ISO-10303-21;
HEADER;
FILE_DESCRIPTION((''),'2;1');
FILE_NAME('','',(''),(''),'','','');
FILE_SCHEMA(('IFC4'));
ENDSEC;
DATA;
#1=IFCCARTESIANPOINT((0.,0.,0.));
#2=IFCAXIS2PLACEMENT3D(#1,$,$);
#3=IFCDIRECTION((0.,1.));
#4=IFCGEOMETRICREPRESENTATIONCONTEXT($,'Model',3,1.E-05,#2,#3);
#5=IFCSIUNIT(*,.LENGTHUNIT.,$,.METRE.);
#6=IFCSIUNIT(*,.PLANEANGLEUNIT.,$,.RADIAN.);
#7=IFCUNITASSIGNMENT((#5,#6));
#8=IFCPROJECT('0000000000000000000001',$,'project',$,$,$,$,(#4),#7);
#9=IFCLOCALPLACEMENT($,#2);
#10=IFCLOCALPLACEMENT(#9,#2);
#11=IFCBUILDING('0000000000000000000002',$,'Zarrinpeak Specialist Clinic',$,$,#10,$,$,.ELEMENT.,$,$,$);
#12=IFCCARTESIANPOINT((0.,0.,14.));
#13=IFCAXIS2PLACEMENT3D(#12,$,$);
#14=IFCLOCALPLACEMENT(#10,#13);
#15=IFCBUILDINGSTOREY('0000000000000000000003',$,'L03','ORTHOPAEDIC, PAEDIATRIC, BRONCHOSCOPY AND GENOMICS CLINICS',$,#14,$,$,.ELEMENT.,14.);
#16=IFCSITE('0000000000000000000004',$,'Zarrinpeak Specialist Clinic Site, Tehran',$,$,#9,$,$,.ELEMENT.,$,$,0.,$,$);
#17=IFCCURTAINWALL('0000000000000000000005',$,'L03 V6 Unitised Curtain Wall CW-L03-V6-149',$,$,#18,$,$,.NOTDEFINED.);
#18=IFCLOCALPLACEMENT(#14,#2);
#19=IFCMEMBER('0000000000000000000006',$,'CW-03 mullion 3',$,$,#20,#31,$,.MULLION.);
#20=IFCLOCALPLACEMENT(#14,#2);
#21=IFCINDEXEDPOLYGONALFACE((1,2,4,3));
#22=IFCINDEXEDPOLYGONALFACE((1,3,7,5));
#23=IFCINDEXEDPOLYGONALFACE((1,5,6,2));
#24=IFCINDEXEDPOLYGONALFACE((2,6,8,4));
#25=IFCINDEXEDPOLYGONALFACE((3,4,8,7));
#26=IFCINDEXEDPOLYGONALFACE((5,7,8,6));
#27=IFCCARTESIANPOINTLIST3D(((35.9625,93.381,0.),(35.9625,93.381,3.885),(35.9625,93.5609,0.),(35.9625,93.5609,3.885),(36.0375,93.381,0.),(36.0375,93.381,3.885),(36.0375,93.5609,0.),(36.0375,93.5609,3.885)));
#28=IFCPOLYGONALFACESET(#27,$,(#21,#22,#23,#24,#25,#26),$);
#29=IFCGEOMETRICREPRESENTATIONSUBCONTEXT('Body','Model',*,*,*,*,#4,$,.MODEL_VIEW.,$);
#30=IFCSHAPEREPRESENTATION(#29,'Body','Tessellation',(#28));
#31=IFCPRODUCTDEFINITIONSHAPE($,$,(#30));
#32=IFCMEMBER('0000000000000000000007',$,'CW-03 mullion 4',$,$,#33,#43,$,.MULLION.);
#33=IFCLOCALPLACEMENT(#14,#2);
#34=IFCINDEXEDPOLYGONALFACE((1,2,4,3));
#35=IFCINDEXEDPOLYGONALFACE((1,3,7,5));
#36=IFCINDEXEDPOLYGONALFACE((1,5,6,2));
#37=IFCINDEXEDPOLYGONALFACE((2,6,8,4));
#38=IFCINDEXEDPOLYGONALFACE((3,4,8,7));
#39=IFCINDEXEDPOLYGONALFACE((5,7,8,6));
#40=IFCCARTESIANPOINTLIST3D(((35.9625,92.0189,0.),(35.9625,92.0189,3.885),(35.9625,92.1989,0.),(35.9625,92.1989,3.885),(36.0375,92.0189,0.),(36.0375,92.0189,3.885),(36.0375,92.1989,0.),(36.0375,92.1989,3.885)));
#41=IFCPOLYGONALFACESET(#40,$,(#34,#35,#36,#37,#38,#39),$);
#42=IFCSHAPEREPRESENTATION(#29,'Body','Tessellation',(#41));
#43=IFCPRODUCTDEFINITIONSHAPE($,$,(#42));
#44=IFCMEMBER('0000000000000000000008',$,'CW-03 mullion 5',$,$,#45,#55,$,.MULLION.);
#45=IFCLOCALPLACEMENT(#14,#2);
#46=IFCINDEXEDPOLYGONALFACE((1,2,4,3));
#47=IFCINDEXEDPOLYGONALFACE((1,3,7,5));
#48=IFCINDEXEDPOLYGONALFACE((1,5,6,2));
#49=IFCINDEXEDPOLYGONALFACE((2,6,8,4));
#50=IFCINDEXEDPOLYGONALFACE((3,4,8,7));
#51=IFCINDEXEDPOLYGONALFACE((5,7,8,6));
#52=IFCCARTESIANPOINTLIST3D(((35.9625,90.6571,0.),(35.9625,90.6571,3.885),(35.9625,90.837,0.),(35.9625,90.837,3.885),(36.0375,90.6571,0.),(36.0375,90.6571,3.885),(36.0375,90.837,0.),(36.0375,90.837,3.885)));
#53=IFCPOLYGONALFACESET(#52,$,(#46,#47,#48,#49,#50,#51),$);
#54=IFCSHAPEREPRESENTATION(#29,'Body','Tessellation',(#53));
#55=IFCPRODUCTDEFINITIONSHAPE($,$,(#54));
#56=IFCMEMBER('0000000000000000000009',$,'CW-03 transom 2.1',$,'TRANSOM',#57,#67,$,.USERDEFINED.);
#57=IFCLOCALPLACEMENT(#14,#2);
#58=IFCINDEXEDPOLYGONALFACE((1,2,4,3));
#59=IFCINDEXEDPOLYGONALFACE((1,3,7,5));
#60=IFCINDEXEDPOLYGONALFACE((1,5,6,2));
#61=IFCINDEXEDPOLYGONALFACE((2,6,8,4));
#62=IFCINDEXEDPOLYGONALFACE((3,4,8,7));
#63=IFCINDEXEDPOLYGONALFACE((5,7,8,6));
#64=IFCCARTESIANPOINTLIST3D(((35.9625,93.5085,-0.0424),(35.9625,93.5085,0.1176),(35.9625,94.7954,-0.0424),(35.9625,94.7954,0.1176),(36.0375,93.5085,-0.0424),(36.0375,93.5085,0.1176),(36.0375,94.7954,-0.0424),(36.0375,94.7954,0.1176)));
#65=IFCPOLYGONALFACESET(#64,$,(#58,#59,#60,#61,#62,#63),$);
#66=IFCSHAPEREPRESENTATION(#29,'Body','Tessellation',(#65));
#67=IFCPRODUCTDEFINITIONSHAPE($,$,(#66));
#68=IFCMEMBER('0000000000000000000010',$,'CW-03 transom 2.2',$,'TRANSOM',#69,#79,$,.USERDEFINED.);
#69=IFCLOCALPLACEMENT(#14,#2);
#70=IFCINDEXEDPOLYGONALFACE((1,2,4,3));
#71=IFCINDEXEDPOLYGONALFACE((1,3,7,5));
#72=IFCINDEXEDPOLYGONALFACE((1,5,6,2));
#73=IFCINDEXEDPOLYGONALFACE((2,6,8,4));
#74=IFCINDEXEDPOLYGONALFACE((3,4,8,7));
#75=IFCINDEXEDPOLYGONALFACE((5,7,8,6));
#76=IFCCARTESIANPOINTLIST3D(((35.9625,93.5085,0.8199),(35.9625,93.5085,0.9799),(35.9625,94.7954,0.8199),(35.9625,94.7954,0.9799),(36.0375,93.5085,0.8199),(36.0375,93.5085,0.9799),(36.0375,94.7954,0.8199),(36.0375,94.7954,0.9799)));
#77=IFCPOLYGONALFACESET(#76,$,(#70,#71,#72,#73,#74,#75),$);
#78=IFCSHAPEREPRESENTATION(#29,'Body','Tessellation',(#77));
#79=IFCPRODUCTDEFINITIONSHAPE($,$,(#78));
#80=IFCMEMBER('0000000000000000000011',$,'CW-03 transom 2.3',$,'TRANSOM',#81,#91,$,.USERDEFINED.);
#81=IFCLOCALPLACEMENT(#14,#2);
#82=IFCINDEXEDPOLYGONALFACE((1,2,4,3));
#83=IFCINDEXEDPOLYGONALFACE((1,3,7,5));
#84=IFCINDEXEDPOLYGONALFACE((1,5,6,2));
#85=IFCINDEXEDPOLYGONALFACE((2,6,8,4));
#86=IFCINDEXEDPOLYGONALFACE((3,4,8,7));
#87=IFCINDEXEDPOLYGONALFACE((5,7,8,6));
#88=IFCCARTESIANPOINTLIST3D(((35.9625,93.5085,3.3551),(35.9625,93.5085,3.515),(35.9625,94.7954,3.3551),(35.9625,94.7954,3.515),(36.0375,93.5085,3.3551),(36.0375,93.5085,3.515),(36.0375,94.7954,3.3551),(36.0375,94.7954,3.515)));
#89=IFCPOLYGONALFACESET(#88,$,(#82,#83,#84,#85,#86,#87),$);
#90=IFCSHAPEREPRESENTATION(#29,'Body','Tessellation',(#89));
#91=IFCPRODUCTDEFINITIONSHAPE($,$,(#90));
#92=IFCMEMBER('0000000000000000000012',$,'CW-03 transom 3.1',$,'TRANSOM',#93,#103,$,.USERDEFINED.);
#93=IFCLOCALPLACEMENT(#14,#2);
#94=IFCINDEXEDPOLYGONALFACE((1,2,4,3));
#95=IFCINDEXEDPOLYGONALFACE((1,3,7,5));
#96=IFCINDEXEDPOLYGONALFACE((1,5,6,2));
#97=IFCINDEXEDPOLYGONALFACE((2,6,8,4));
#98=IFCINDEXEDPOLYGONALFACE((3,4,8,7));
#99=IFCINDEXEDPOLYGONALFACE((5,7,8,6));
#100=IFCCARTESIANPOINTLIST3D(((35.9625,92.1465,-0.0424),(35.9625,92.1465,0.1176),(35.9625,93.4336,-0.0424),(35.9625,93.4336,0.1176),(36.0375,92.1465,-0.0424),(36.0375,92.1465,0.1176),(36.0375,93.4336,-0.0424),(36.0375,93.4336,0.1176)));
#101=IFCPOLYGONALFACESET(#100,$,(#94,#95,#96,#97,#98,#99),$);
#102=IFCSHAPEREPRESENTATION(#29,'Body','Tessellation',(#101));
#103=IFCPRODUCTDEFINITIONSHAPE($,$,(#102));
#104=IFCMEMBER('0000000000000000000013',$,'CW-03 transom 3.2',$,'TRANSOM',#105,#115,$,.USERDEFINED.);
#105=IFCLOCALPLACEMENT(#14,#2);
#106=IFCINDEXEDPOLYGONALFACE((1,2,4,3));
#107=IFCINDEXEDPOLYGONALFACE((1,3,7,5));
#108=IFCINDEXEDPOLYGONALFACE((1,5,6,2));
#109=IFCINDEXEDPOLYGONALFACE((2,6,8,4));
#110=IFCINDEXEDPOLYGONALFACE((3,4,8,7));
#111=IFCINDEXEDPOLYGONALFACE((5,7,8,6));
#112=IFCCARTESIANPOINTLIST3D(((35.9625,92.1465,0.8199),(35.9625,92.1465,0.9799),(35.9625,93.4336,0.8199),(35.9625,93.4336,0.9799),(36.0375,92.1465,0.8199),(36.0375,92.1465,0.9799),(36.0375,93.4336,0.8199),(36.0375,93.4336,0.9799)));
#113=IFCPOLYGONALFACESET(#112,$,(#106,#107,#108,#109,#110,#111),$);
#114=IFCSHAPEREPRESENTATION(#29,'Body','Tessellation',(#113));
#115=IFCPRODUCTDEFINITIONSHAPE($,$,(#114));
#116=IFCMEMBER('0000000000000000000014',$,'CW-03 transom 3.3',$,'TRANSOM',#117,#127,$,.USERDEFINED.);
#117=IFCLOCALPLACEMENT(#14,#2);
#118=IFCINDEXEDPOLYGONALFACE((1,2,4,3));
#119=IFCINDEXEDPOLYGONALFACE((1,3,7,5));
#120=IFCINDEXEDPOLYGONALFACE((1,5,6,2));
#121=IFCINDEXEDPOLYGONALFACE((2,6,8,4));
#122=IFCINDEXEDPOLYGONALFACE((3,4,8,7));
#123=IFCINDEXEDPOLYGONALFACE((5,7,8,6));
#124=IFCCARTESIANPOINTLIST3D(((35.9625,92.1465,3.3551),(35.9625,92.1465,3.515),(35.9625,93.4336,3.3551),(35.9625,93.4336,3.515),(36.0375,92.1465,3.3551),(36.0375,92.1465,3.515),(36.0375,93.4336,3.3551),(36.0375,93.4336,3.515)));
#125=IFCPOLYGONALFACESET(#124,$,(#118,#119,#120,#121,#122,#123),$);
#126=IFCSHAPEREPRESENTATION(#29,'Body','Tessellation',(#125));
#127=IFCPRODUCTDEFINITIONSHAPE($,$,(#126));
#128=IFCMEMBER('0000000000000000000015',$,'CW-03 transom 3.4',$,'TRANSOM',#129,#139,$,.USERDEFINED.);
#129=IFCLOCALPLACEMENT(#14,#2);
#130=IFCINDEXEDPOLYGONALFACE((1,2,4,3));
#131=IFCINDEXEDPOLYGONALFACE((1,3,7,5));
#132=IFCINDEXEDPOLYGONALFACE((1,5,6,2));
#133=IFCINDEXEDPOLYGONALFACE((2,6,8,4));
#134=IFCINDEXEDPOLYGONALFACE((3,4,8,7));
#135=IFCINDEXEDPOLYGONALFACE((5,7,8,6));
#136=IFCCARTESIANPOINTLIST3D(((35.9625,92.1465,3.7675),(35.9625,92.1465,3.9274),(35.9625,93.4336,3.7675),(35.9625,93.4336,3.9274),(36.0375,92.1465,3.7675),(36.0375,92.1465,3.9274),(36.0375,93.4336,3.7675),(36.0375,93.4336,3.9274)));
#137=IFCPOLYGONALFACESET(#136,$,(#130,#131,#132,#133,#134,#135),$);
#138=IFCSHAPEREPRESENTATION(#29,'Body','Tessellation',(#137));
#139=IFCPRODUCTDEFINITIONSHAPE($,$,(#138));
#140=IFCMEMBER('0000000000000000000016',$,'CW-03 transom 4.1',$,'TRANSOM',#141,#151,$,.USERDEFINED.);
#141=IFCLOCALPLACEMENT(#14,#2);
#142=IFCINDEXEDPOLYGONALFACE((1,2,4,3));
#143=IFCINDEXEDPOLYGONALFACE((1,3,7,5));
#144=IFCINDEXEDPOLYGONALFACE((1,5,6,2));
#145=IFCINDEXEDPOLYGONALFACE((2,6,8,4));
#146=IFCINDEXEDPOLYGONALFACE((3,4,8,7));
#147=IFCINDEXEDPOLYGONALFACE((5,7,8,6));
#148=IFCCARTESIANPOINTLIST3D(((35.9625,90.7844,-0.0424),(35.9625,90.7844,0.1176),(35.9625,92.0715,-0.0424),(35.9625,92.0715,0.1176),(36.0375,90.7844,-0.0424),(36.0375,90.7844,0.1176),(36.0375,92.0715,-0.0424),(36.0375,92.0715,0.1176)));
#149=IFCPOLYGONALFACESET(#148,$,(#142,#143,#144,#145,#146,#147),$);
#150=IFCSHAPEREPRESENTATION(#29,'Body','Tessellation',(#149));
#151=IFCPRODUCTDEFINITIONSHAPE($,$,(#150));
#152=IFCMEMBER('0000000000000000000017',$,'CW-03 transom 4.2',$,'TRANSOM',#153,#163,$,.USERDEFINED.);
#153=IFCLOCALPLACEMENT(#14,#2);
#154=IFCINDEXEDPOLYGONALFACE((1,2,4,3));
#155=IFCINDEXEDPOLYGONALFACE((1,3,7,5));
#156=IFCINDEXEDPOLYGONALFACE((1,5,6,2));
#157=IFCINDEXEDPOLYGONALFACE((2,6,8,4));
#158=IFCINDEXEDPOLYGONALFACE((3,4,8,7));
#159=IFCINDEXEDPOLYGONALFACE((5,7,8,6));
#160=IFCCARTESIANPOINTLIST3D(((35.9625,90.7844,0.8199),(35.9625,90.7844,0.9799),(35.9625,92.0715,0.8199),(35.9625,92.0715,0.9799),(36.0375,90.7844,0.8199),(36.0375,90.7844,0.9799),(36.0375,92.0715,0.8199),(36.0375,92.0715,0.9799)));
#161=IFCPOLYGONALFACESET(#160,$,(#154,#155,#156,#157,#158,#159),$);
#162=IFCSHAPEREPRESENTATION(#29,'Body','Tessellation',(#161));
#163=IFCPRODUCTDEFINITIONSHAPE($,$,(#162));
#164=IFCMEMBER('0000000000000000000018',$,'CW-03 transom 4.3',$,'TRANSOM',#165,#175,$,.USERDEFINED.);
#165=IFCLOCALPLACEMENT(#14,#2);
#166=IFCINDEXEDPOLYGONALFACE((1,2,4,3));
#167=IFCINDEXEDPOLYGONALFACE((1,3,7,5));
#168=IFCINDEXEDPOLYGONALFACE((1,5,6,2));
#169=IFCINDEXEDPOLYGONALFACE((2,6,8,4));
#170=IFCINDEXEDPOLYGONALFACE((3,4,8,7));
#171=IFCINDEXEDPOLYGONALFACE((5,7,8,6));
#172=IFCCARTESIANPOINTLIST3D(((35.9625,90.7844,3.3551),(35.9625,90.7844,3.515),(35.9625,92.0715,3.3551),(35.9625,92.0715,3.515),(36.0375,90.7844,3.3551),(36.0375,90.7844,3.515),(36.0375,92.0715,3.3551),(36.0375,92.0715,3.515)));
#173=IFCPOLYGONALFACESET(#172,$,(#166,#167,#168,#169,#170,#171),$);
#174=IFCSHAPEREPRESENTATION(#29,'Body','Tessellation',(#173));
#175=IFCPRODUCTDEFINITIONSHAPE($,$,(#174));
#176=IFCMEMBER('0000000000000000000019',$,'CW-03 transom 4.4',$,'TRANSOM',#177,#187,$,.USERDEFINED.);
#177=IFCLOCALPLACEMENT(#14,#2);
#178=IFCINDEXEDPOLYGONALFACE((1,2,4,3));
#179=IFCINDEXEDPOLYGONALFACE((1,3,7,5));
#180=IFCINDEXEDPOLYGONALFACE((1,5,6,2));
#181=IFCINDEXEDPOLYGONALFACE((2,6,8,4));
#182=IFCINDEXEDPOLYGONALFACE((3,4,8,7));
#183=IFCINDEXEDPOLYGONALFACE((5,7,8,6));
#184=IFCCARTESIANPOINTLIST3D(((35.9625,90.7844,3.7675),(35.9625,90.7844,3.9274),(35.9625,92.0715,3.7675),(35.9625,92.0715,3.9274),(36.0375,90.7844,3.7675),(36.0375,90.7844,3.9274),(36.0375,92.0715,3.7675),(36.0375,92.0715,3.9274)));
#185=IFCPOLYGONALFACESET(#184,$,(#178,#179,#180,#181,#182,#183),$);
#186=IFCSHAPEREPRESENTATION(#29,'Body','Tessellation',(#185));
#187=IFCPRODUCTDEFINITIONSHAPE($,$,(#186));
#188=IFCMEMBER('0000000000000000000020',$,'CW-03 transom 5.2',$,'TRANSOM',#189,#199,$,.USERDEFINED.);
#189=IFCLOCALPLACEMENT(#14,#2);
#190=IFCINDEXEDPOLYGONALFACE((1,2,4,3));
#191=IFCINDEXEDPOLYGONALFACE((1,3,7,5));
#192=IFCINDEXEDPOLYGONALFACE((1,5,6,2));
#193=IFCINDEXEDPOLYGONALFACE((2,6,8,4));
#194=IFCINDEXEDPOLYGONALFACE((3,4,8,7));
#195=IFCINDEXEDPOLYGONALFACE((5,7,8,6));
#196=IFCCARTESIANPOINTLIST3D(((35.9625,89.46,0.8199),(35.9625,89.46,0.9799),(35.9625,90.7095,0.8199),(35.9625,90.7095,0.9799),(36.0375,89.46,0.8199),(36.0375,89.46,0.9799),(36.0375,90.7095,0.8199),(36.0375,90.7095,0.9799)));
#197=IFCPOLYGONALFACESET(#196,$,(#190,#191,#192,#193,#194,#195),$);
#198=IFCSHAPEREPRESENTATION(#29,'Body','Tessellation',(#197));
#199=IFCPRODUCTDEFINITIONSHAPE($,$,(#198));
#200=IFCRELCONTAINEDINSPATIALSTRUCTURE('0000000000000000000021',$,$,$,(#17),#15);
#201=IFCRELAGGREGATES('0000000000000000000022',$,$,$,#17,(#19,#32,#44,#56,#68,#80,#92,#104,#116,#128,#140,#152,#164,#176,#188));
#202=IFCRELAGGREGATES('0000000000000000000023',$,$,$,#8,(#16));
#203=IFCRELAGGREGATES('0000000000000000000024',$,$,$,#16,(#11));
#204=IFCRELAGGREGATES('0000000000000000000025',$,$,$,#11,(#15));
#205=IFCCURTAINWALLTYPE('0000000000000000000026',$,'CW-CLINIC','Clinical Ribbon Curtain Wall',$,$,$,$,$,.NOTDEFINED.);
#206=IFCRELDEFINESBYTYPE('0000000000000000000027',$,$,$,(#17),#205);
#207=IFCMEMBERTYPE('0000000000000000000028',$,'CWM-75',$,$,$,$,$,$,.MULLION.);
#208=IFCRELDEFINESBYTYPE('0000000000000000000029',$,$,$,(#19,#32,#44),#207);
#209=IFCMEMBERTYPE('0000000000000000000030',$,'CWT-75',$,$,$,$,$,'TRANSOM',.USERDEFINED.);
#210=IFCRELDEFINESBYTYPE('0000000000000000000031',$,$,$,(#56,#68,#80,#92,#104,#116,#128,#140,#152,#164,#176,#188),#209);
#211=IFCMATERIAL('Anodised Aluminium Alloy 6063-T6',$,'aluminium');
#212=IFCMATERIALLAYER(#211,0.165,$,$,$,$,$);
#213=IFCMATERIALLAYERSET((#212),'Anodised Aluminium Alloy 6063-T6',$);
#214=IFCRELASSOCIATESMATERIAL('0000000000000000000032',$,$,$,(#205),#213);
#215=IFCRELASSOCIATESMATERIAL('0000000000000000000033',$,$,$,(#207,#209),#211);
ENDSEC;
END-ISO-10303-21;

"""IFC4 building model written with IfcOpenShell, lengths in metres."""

from ifc_helpers import new_model, si_unit, direction, frame, origin, origin_2d, place, context, subcontext, project, spatial, rectangle, extrude, material, layer, layer_set, material_profile, profile_set, type_object, element, aggregate, save


model = new_model("IFC4")

# Units and contexts
model_context = context("Model", 3, precision=1e-05, world=origin(), true_north=direction((0.0, 1.0)))
body_context = subcontext(model_context, "Body", "Model", "MODEL_VIEW")
ifc_project = project(units=[si_unit("LENGTHUNIT", "METRE"), si_unit("PLANEANGLEUNIT", "RADIAN")], contexts=[model_context])

# Site, building, storey
site_placement = place(None, origin())
site = spatial("IfcSite", under=ifc_project, at=site_placement, Name="Zarrinpeak Specialist Clinic Site, Tehran", CompositionType="ELEMENT", RefElevation=0.0)
building_placement = place(site_placement, origin())
building = spatial("IfcBuilding", under=site, at=building_placement, Name="Zarrinpeak Specialist Clinic", CompositionType="ELEMENT")
storey_placement = place(building_placement, frame((0.0, 0.0, 14.0)))
storey = spatial("IfcBuildingStorey", under=building, at=storey_placement, Name="L03", Description="ORTHOPAEDIC, PAEDIATRIC, BRONCHOSCOPY AND GENOMICS CLINICS", CompositionType="ELEMENT", Elevation=14.0)

# Curtain wall, members
ifc_material_1 = material(Name="Anodised Aluminium Alloy 6063-T6", Category="aluminium")
ifc_layer_1 = layer(ifc_material_1, 0.165)
ifc_layer_set_1 = layer_set([ifc_layer_1], Name="Anodised Aluminium Alloy 6063-T6")
curtain_wall_type = type_object("IfcCurtainWallType", Name="CW-CLINIC", Description="Clinical Ribbon Curtain Wall", PredefinedType="NOTDEFINED", material=ifc_layer_set_1)
curtain_wall_placement = place(storey_placement, origin())
curtain_wall = element("IfcCurtainWall", 1, at=curtain_wall_placement, inside=storey, type_object=curtain_wall_type, Name="L03 V6 Unitised Curtain Wall CW-L03-V6-149", PredefinedType="NOTDEFINED")
ifc_material_profile_1 = material_profile(ifc_material_1, rectangle(XDim=0.075, YDim=0.1799, at=origin_2d()), Name="ALU 75x180")
ifc_profile_set_1 = profile_set([ifc_material_profile_1], Name="Anodised Aluminium Alloy 6063-T6")
member_type_1 = type_object("IfcMemberType", Name="CWM-75", PredefinedType="MULLION", material=ifc_profile_set_1)
member_1_placement = place(storey_placement, frame((36.0, 93.4709, 0.0), z_axis=(0.0, 0.0, 1.0), x_axis=(1.0, 0.0, 0.0)))
member_1 = element("IfcMember", 2, at=member_1_placement, type_object=member_type_1, Name="CW-03 mullion 3", PredefinedType="MULLION", context=body_context, shape_type="SweptSolid", body=[
    extrude(rectangle(XDim=0.075, YDim=0.1799, at=origin_2d()), origin(), (0.0, 0.0, 1.0), 3.885),
])
member_2_placement = place(storey_placement, frame((36.0, 92.1089, 0.0), z_axis=(0.0, 0.0, 1.0), x_axis=(1.0, 0.0, 0.0)))
member_2 = element("IfcMember", 3, at=member_2_placement, type_object=member_type_1, Name="CW-03 mullion 4", PredefinedType="MULLION", context=body_context, shape_type="SweptSolid", body=[
    extrude(rectangle(XDim=0.075, YDim=0.1799, at=origin_2d()), origin(), (0.0, 0.0, 1.0), 3.885),
])
member_3_placement = place(storey_placement, frame((36.0, 90.7471, 0.0), z_axis=(0.0, 0.0, 1.0), x_axis=(1.0, 0.0, 0.0)))
member_3 = element("IfcMember", 4, at=member_3_placement, type_object=member_type_1, Name="CW-03 mullion 5", PredefinedType="MULLION", context=body_context, shape_type="SweptSolid", body=[
    extrude(rectangle(XDim=0.075, YDim=0.1799, at=origin_2d()), origin(), (0.0, 0.0, 1.0), 3.885),
])
ifc_material_profile_2 = material_profile(ifc_material_1, rectangle(XDim=0.075, YDim=0.1599, at=origin_2d()), Name="ALU 75x160")
ifc_profile_set_2 = profile_set([ifc_material_profile_2], Name="Anodised Aluminium Alloy 6063-T6")
member_type_2 = type_object("IfcMemberType", Name="CWT-75", ElementType="TRANSOM", PredefinedType="USERDEFINED", material=ifc_profile_set_2)
member_4_placement = place(storey_placement, frame((36.0, 94.7954, 0.0376), z_axis=(0.0, -1.0, 0.0), x_axis=(1.0, 0.0, 0.0)))
member_4 = element("IfcMember", 5, at=member_4_placement, type_object=member_type_2, Name="CW-03 transom 2.1", ObjectType="TRANSOM", PredefinedType="USERDEFINED", context=body_context, shape_type="SweptSolid", body=[
    extrude(rectangle(XDim=0.075, YDim=0.1599, at=origin_2d()), origin(), (0.0, 0.0, 1.0), 1.2869),
])
member_5_placement = place(storey_placement, frame((36.0, 94.7954, 0.8999), z_axis=(0.0, -1.0, 0.0), x_axis=(1.0, 0.0, 0.0)))
member_5 = element("IfcMember", 6, at=member_5_placement, type_object=member_type_2, Name="CW-03 transom 2.2", ObjectType="TRANSOM", PredefinedType="USERDEFINED", context=body_context, shape_type="SweptSolid", body=[
    extrude(rectangle(XDim=0.075, YDim=0.1599, at=origin_2d()), origin(), (0.0, 0.0, 1.0), 1.2869),
])
member_6_placement = place(storey_placement, frame((36.0, 94.7954, 3.4351), z_axis=(0.0, -1.0, 0.0), x_axis=(1.0, 0.0, 0.0)))
member_6 = element("IfcMember", 7, at=member_6_placement, type_object=member_type_2, Name="CW-03 transom 2.3", ObjectType="TRANSOM", PredefinedType="USERDEFINED", context=body_context, shape_type="SweptSolid", body=[
    extrude(rectangle(XDim=0.075, YDim=0.1599, at=origin_2d()), origin(), (0.0, 0.0, 1.0), 1.2869),
])
member_7_placement = place(storey_placement, frame((36.0, 93.4336, 0.0376), z_axis=(0.0, -1.0, 0.0), x_axis=(1.0, 0.0, 0.0)))
member_7 = element("IfcMember", 8, at=member_7_placement, type_object=member_type_2, Name="CW-03 transom 3.1", ObjectType="TRANSOM", PredefinedType="USERDEFINED", context=body_context, shape_type="SweptSolid", body=[
    extrude(rectangle(XDim=0.075, YDim=0.1599, at=origin_2d()), origin(), (0.0, 0.0, 1.0), 1.2871),
])
member_8_placement = place(storey_placement, frame((36.0, 93.4336, 0.8999), z_axis=(0.0, -1.0, 0.0), x_axis=(1.0, 0.0, 0.0)))
member_8 = element("IfcMember", 9, at=member_8_placement, type_object=member_type_2, Name="CW-03 transom 3.2", ObjectType="TRANSOM", PredefinedType="USERDEFINED", context=body_context, shape_type="SweptSolid", body=[
    extrude(rectangle(XDim=0.075, YDim=0.1599, at=origin_2d()), origin(), (0.0, 0.0, 1.0), 1.2871),
])
member_9_placement = place(storey_placement, frame((36.0, 93.4336, 3.4351), z_axis=(0.0, -1.0, 0.0), x_axis=(1.0, 0.0, 0.0)))
member_9 = element("IfcMember", 10, at=member_9_placement, type_object=member_type_2, Name="CW-03 transom 3.3", ObjectType="TRANSOM", PredefinedType="USERDEFINED", context=body_context, shape_type="SweptSolid", body=[
    extrude(rectangle(XDim=0.075, YDim=0.1599, at=origin_2d()), origin(), (0.0, 0.0, 1.0), 1.2871),
])
member_10_placement = place(storey_placement, frame((36.0, 93.4336, 3.8474), z_axis=(0.0, -1.0, 0.0), x_axis=(1.0, 0.0, 0.0)))
member_10 = element("IfcMember", 11, at=member_10_placement, type_object=member_type_2, Name="CW-03 transom 3.4", ObjectType="TRANSOM", PredefinedType="USERDEFINED", context=body_context, shape_type="SweptSolid", body=[
    extrude(rectangle(XDim=0.075, YDim=0.1599, at=origin_2d()), origin(), (0.0, 0.0, 1.0), 1.2871),
])
member_11_placement = place(storey_placement, frame((36.0, 92.0715, 0.0376), z_axis=(0.0, -1.0, 0.0), x_axis=(1.0, 0.0, 0.0)))
member_11 = element("IfcMember", 12, at=member_11_placement, type_object=member_type_2, Name="CW-03 transom 4.1", ObjectType="TRANSOM", PredefinedType="USERDEFINED", context=body_context, shape_type="SweptSolid", body=[
    extrude(rectangle(XDim=0.075, YDim=0.1599, at=origin_2d()), origin(), (0.0, 0.0, 1.0), 1.2871),
])
member_12_placement = place(storey_placement, frame((36.0, 92.0715, 0.8999), z_axis=(0.0, -1.0, 0.0), x_axis=(1.0, 0.0, 0.0)))
member_12 = element("IfcMember", 13, at=member_12_placement, type_object=member_type_2, Name="CW-03 transom 4.2", ObjectType="TRANSOM", PredefinedType="USERDEFINED", context=body_context, shape_type="SweptSolid", body=[
    extrude(rectangle(XDim=0.075, YDim=0.1599, at=origin_2d()), origin(), (0.0, 0.0, 1.0), 1.2871),
])
member_13_placement = place(storey_placement, frame((36.0, 92.0715, 3.4351), z_axis=(0.0, -1.0, 0.0), x_axis=(1.0, 0.0, 0.0)))
member_13 = element("IfcMember", 14, at=member_13_placement, type_object=member_type_2, Name="CW-03 transom 4.3", ObjectType="TRANSOM", PredefinedType="USERDEFINED", context=body_context, shape_type="SweptSolid", body=[
    extrude(rectangle(XDim=0.075, YDim=0.1599, at=origin_2d()), origin(), (0.0, 0.0, 1.0), 1.2871),
])
member_14_placement = place(storey_placement, frame((36.0, 92.0715, 3.8474), z_axis=(0.0, -1.0, 0.0), x_axis=(1.0, 0.0, 0.0)))
member_14 = element("IfcMember", 15, at=member_14_placement, type_object=member_type_2, Name="CW-03 transom 4.4", ObjectType="TRANSOM", PredefinedType="USERDEFINED", context=body_context, shape_type="SweptSolid", body=[
    extrude(rectangle(XDim=0.075, YDim=0.1599, at=origin_2d()), origin(), (0.0, 0.0, 1.0), 1.2871),
])
member_15_placement = place(storey_placement, frame((36.0, 90.7095, 0.8999), z_axis=(0.0, -1.0, 0.0), x_axis=(1.0, 0.0, 0.0)))
member_15 = element("IfcMember", 16, at=member_15_placement, type_object=member_type_2, Name="CW-03 transom 5.2", ObjectType="TRANSOM", PredefinedType="USERDEFINED", context=body_context, shape_type="SweptSolid", body=[
    extrude(rectangle(XDim=0.075, YDim=0.1599, at=origin_2d()), origin(), (0.0, 0.0, 1.0), 1.2495),
])
aggregate(curtain_wall, [member_1, member_2, member_3, member_4, member_5, member_6, member_7, member_8, member_9, member_10, member_11, member_12, member_13, member_14, member_15])

save(model, "model.ifc")
